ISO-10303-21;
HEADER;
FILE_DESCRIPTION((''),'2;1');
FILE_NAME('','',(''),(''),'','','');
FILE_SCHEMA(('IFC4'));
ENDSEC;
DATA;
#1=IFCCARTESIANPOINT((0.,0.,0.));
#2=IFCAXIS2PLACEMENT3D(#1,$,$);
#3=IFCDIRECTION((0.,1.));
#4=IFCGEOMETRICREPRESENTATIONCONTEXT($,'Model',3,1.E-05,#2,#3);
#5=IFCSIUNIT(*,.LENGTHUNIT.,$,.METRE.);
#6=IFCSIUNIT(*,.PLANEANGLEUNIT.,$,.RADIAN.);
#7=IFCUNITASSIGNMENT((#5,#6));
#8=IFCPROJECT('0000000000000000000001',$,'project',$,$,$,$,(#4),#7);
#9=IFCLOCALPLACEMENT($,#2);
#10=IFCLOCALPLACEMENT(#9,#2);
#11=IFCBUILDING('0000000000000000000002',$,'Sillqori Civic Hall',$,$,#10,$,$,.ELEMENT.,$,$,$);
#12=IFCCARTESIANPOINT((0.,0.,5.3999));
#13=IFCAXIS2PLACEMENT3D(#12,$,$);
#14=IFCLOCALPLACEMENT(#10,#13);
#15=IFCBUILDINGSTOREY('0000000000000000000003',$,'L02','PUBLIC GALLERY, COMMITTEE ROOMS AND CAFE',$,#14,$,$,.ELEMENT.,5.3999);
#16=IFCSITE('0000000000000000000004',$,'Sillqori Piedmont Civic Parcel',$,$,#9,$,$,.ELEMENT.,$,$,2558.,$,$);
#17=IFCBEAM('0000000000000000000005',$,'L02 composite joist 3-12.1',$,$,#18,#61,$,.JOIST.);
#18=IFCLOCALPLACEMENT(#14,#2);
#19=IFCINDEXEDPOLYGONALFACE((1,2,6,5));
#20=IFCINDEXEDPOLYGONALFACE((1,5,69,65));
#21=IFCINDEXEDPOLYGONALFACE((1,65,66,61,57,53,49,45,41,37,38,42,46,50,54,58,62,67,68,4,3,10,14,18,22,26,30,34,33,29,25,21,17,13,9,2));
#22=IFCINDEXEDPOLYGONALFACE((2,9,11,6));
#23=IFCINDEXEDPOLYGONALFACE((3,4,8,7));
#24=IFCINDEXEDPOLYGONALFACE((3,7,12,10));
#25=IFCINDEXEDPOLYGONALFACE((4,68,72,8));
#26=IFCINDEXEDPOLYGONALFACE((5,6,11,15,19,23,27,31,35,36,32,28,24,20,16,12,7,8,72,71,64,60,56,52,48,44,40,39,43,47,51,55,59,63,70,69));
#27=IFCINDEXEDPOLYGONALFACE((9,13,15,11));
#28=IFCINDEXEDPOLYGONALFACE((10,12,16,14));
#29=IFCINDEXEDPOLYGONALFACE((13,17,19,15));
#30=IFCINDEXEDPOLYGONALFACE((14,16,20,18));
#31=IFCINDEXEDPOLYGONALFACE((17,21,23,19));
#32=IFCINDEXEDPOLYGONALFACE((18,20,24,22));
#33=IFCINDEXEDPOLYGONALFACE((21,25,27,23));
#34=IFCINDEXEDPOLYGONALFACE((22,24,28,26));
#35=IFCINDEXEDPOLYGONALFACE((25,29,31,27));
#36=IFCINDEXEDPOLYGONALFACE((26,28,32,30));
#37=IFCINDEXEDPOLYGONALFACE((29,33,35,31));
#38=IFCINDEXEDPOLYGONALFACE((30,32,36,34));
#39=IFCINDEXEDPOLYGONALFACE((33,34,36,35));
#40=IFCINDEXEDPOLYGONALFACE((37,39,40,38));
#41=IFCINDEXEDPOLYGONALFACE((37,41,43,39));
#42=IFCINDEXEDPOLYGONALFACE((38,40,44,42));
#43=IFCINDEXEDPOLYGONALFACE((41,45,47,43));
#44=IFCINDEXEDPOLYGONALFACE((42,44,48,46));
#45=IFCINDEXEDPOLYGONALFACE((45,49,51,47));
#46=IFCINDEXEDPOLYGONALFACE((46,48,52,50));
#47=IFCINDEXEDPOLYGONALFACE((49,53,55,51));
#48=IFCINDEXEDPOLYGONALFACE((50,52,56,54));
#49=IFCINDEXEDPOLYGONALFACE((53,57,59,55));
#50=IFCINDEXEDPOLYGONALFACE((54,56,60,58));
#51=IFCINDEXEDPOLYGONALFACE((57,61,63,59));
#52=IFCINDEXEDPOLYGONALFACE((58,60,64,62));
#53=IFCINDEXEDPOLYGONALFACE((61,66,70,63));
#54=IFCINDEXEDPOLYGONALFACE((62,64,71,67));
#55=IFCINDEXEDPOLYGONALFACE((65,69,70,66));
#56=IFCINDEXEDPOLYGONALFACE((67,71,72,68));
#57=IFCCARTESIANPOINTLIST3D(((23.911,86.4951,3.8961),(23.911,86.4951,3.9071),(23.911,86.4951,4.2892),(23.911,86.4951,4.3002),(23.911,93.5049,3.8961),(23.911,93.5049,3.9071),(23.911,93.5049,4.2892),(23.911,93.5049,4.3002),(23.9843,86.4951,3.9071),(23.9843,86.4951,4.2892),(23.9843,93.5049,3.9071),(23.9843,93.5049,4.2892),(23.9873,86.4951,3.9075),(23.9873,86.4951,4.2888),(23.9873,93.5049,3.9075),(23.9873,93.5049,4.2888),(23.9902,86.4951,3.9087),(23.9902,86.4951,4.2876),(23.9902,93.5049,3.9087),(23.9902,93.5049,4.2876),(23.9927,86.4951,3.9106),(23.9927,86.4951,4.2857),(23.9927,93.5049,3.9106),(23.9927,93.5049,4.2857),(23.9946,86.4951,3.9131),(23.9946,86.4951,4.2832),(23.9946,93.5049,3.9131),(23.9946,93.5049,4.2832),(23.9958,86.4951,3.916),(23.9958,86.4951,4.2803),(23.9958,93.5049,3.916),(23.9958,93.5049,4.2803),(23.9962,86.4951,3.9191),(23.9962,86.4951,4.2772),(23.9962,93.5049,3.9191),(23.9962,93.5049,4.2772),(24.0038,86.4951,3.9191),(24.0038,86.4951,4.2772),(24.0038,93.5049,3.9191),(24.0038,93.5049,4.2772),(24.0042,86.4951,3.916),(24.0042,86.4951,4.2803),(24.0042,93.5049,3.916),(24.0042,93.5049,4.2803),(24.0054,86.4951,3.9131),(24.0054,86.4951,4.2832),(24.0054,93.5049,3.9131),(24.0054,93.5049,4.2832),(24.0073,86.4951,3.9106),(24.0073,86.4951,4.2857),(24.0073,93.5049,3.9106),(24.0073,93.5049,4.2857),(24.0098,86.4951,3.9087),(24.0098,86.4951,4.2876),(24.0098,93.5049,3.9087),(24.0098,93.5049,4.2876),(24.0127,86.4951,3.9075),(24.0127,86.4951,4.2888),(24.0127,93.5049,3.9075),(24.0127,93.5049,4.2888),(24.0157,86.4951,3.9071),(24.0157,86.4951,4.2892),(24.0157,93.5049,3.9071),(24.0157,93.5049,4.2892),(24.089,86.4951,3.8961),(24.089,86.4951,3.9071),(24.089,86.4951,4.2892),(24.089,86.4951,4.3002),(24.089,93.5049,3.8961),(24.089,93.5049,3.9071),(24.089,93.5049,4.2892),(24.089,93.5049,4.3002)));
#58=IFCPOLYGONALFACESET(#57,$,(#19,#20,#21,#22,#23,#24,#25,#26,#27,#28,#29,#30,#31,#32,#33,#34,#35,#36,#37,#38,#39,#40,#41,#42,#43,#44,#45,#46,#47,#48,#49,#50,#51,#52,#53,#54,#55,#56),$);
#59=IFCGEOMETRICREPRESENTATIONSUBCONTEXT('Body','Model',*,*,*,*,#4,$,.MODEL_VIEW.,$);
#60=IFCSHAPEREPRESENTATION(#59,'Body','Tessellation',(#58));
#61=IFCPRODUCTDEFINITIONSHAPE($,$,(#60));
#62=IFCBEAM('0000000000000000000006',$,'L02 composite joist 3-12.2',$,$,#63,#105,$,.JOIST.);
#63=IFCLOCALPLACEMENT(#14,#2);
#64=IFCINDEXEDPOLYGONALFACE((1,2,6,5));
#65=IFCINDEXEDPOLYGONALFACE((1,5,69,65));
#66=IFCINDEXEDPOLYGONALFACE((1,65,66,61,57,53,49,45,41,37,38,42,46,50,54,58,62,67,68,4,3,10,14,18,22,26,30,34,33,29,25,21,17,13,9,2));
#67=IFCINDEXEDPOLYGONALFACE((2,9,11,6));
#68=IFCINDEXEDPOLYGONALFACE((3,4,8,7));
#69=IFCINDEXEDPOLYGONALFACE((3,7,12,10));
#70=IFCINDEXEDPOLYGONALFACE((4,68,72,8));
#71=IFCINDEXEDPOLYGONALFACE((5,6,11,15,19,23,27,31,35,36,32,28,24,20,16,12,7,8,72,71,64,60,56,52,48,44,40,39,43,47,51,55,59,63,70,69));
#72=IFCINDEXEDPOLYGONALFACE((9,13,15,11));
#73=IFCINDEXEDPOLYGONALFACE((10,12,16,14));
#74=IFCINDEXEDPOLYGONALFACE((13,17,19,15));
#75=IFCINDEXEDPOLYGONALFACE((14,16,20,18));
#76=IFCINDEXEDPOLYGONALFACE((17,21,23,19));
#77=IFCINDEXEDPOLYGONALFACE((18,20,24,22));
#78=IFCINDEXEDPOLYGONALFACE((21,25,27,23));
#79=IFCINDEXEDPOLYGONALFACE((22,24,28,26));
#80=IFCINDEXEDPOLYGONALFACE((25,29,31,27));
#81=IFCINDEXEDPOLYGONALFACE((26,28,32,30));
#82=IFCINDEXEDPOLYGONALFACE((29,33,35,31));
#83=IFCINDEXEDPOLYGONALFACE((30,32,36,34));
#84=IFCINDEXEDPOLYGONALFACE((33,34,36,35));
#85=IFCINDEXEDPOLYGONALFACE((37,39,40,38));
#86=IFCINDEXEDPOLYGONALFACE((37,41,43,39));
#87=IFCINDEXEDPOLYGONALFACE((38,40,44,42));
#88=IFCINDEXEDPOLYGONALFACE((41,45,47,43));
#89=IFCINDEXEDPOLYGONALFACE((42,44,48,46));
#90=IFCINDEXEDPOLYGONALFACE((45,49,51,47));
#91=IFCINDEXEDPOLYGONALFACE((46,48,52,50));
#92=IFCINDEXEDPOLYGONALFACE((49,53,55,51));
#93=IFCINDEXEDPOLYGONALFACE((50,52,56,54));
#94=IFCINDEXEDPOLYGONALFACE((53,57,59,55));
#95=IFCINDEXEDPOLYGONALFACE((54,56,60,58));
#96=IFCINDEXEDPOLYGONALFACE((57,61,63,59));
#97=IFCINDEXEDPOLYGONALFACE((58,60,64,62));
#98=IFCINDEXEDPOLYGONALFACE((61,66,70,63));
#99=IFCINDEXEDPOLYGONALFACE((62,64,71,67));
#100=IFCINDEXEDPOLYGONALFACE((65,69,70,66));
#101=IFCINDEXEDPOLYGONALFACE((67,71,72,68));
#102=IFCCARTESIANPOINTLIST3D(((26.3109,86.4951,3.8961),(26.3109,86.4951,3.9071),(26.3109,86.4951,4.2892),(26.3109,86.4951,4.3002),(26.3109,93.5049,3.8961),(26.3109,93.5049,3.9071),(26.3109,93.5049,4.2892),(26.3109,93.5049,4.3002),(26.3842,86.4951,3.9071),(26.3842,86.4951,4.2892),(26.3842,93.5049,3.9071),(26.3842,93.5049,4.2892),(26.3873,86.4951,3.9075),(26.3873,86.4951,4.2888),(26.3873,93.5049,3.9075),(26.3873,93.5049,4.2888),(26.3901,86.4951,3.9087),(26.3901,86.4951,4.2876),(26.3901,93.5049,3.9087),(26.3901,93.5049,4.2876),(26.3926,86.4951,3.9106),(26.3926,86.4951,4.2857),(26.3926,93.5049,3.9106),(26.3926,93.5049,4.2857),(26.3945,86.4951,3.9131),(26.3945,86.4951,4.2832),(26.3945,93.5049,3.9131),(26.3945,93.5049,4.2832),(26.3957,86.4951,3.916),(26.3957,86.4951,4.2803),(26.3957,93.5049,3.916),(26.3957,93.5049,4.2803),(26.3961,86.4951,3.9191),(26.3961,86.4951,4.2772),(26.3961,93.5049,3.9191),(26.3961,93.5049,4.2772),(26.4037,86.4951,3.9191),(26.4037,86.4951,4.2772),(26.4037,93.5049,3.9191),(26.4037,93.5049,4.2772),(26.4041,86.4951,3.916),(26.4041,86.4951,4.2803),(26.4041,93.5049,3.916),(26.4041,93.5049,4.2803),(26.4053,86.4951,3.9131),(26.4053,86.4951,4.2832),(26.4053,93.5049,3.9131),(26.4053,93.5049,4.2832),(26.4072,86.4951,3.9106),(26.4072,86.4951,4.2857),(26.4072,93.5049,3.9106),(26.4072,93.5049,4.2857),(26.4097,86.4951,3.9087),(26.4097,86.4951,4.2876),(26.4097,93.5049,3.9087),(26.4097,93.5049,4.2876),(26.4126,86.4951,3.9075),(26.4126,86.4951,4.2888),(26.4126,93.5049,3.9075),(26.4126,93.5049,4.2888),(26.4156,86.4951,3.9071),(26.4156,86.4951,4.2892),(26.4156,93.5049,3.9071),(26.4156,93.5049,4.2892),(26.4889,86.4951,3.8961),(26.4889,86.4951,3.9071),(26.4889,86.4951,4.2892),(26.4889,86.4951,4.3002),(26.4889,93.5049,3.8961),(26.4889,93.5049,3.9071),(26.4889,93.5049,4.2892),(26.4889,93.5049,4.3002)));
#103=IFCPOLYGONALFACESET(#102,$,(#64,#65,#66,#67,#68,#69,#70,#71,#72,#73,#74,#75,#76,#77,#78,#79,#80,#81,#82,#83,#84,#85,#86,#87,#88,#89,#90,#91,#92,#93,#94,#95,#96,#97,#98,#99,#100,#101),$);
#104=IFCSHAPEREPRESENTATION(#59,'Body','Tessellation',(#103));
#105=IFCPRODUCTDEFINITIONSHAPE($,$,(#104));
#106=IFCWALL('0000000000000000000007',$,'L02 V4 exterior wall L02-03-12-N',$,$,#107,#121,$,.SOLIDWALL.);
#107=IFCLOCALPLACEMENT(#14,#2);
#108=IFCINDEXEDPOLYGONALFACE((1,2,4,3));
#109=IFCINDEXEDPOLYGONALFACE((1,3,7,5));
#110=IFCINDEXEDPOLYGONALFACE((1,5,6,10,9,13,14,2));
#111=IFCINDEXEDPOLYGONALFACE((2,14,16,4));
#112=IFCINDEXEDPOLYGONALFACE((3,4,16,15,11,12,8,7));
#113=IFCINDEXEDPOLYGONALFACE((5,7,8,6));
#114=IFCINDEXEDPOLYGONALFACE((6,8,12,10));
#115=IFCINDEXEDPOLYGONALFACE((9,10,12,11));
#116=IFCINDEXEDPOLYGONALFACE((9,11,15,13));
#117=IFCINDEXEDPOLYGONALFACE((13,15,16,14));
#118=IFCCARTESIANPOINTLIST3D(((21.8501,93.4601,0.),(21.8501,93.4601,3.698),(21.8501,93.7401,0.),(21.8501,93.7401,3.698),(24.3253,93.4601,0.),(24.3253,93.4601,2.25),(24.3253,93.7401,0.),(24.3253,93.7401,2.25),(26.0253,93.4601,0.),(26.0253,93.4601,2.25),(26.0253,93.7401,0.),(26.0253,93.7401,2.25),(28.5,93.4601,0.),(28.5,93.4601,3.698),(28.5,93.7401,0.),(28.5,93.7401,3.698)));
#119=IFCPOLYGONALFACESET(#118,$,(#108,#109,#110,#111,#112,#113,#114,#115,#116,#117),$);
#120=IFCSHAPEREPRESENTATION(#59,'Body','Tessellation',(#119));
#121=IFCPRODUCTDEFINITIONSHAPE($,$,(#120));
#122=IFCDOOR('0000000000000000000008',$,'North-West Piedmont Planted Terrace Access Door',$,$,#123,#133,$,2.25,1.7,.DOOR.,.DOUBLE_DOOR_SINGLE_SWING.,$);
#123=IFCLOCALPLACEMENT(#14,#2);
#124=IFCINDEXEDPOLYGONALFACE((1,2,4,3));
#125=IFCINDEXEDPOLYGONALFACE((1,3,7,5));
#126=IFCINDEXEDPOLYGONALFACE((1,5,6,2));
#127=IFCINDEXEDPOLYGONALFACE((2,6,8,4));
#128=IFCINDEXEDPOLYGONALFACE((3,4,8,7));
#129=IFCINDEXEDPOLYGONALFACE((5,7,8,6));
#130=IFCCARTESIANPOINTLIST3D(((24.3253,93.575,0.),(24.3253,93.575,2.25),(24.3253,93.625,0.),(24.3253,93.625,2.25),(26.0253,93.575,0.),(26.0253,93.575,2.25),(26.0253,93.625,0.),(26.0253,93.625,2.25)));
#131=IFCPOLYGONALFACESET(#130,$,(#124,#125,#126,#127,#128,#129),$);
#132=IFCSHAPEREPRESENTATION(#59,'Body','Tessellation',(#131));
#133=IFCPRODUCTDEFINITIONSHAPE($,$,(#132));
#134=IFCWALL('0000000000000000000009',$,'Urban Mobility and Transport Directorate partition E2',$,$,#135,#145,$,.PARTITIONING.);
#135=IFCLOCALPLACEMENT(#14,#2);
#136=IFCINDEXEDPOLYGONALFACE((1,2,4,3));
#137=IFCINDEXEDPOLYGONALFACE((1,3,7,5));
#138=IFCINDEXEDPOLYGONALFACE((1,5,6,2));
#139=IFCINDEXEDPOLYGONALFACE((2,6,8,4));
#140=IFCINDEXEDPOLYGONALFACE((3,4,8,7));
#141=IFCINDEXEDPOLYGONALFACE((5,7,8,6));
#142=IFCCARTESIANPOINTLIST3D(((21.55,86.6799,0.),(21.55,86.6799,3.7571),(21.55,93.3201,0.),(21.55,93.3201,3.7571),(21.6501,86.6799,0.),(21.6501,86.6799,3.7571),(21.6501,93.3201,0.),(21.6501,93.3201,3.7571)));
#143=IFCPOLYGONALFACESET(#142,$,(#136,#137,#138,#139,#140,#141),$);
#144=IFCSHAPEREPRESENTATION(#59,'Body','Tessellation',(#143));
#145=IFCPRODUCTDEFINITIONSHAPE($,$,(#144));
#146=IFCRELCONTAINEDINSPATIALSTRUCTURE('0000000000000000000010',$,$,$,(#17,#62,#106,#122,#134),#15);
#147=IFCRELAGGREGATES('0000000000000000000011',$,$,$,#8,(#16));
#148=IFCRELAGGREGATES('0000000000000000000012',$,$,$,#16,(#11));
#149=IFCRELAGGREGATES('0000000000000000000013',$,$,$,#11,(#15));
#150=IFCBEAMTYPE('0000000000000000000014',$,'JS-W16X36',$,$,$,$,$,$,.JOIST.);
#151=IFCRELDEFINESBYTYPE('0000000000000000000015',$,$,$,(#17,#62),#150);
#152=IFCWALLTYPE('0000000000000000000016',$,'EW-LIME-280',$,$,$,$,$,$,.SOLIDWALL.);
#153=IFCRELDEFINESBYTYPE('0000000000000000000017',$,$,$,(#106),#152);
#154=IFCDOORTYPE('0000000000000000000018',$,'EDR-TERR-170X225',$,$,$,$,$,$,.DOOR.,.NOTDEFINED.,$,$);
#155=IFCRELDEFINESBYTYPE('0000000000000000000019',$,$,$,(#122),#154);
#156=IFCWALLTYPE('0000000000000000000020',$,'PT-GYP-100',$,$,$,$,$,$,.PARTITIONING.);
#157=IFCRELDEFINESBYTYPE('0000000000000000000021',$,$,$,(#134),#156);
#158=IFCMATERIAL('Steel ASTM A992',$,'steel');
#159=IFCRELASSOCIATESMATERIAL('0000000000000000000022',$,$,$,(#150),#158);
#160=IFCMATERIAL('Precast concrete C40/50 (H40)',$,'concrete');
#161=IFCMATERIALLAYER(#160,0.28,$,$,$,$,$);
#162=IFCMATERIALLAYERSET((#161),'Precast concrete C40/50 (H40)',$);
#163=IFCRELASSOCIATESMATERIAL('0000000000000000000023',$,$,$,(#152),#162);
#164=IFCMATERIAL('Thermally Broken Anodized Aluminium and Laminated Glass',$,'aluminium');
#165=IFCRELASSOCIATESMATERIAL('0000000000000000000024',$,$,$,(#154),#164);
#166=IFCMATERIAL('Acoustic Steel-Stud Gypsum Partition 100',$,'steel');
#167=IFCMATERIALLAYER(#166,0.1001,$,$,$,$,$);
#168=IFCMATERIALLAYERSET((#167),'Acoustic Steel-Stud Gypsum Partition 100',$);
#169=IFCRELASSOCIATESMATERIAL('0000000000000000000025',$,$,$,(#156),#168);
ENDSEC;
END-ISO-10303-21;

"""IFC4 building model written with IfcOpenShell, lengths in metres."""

from ifc_helpers import new_model, si_unit, direction, frame, frame_2d, origin, origin_2d, place, context, subcontext, project, spatial, rectangle, i_section, extrude, material, layer, layer_set, material_profile, profile_set, type_object, element, fill, save


model = new_model("IFC4")

# Units and contexts
model_context = context("Model", 3, precision=1e-05, world=origin(), true_north=direction((0.0, 1.0)))
body_context = subcontext(model_context, "Body", "Model", "MODEL_VIEW")
ifc_project = project(units=[si_unit("LENGTHUNIT", "METRE"), si_unit("PLANEANGLEUNIT", "RADIAN")], contexts=[model_context])

# Site, building, storey
site_placement = place(None, origin())
site = spatial("IfcSite", under=ifc_project, at=site_placement, Name="Sillqori Piedmont Civic Parcel", CompositionType="ELEMENT", RefElevation=2558.0)
building_placement = place(site_placement, origin())
building = spatial("IfcBuilding", under=site, at=building_placement, Name="Sillqori Civic Hall", CompositionType="ELEMENT")
storey_placement = place(building_placement, frame((0.0, 0.0, 5.3999)))
storey = spatial("IfcBuildingStorey", under=building, at=storey_placement, Name="L02", Description="PUBLIC GALLERY, COMMITTEE ROOMS AND CAFE", CompositionType="ELEMENT", Elevation=5.3999)

# Shared definitions
ifc_material_1 = material(Name="Steel ASTM A992", Category="steel")

# Beams
ifc_material_profile_1 = material_profile(ifc_material_1, i_section(OverallWidth=0.178, OverallDepth=0.4041, WebThickness=0.0076, FlangeThickness=0.011, FilletRadius=0.012, at=origin_2d()), Name="W16X36")
ifc_profile_set_1 = profile_set([ifc_material_profile_1], Name="Steel ASTM A992")
beam_type_1 = type_object("IfcBeamType", Name="JS-W16X36", PredefinedType="JOIST", material=ifc_profile_set_1)
for number, where, z_axis, x_axis, name in (
    (1, (24.0, 86.4951, 4.0981), (0.0, 1.0, 0.0), (-1.0, 0.0, 0.0), "L02 composite joist 3-12.1"),
    (2, (26.3999, 86.4951, 4.0981), (0.0, 1.0, 0.0), (-1.0, 0.0, 0.0), "L02 composite joist 3-12.2"),
):
    element("IfcBeam", number, at=place(storey_placement, frame(where, z_axis=z_axis, x_axis=x_axis)), inside=storey, type_object=beam_type_1, Name=name, PredefinedType="JOIST", context=body_context, shape_type="SweptSolid", body=[
        extrude(i_section(OverallWidth=0.178, OverallDepth=0.4041, WebThickness=0.0076, FlangeThickness=0.011, FilletRadius=0.012, at=origin_2d()), origin(), (0.0, 0.0, 1.0), 7.0098),
    ])

# Wall, opening, door
ifc_material_2 = material(Name="Precast concrete C40/50 (H40)", Category="concrete")
ifc_layer_1 = layer(ifc_material_2, 0.28)
ifc_layer_set_1 = layer_set([ifc_layer_1], Name="Precast concrete C40/50 (H40)")
wall_type_1 = type_object("IfcWallType", Name="EW-LIME-280", PredefinedType="SOLIDWALL", material=ifc_layer_set_1)
wall_1_placement = place(storey_placement, frame((21.8501, 93.6001, 0.0), z_axis=(0.0, 0.0, 1.0), x_axis=(1.0, 0.0, 0.0)))
wall_1 = element("IfcWall", 3, at=wall_1_placement, inside=storey, type_object=wall_type_1, Name="L02 V4 exterior wall L02-03-12-N", PredefinedType="SOLIDWALL", context=body_context, shape_type="SweptSolid", body=[
    extrude(rectangle(XDim=6.6499, YDim=0.28, at=frame_2d((3.325, 0.0))), origin(), (0.0, 0.0, 1.0), 3.698),
])
opening_1_placement = place(wall_1_placement, frame((2.4751, 0.0, 0.0)))
opening_1 = element("IfcOpeningElement", 4, at=opening_1_placement, cuts=wall_1, PredefinedType="OPENING", context=body_context, shape_type="SweptSolid", body=[
    extrude(rectangle(XDim=1.7, YDim=2.25, at=frame_2d((0.8501, 1.125))), frame((0.0, 0.1499, 0.0), z_axis=(0.0, -1.0, 0.0), x_axis=(1.0, 0.0, 0.0)), (0.0, 0.0, 1.0), 0.3),
])
ifc_material_3 = material(Name="Thermally Broken Anodized Aluminium and Laminated Glass", Category="aluminium")
door_type_1 = type_object("IfcDoorType", Name="EDR-TERR-170X225", OperationType="NOTDEFINED", PredefinedType="DOOR", material=ifc_material_3)
door_1_placement = place(opening_1_placement, origin())
door_1 = element("IfcDoor", 5, at=door_1_placement, inside=storey, type_object=door_type_1, Name="North-West Piedmont Planted Terrace Access Door", OperationType="DOUBLE_DOOR_SINGLE_SWING", OverallHeight=2.25, OverallWidth=1.7, PredefinedType="DOOR", context=body_context, shape_type="SweptSolid", body=[
    extrude(rectangle(XDim=1.7, YDim=2.25, at=frame_2d((0.8501, 1.125))), frame((0.0, 0.0249, 0.0), z_axis=(0.0, -1.0, 0.0), x_axis=(1.0, 0.0, 0.0)), (0.0, 0.0, 1.0), 0.05),
])
fill(opening_1, door_1)

# Wall
ifc_material_4 = material(Name="Acoustic Steel-Stud Gypsum Partition 100", Category="steel")
ifc_layer_2 = layer(ifc_material_4, 0.1001)
ifc_layer_set_2 = layer_set([ifc_layer_2], Name="Acoustic Steel-Stud Gypsum Partition 100")
wall_type_2 = type_object("IfcWallType", Name="PT-GYP-100", PredefinedType="PARTITIONING", material=ifc_layer_set_2)
wall_2_placement = place(storey_placement, frame((21.6001, 93.3201, 0.0), z_axis=(0.0, 0.0, 1.0), x_axis=(0.0, -1.0, 0.0)))
element("IfcWall", 6, at=wall_2_placement, inside=storey, type_object=wall_type_2, Name="Urban Mobility and Transport Directorate partition E2", PredefinedType="PARTITIONING", context=body_context, shape_type="SweptSolid", body=[
    extrude(rectangle(XDim=6.6401, YDim=0.1001, at=frame_2d((3.3201, 0.0))), origin(), (0.0, 0.0, 1.0), 3.7571),
])

save(model, "model.ifc")
